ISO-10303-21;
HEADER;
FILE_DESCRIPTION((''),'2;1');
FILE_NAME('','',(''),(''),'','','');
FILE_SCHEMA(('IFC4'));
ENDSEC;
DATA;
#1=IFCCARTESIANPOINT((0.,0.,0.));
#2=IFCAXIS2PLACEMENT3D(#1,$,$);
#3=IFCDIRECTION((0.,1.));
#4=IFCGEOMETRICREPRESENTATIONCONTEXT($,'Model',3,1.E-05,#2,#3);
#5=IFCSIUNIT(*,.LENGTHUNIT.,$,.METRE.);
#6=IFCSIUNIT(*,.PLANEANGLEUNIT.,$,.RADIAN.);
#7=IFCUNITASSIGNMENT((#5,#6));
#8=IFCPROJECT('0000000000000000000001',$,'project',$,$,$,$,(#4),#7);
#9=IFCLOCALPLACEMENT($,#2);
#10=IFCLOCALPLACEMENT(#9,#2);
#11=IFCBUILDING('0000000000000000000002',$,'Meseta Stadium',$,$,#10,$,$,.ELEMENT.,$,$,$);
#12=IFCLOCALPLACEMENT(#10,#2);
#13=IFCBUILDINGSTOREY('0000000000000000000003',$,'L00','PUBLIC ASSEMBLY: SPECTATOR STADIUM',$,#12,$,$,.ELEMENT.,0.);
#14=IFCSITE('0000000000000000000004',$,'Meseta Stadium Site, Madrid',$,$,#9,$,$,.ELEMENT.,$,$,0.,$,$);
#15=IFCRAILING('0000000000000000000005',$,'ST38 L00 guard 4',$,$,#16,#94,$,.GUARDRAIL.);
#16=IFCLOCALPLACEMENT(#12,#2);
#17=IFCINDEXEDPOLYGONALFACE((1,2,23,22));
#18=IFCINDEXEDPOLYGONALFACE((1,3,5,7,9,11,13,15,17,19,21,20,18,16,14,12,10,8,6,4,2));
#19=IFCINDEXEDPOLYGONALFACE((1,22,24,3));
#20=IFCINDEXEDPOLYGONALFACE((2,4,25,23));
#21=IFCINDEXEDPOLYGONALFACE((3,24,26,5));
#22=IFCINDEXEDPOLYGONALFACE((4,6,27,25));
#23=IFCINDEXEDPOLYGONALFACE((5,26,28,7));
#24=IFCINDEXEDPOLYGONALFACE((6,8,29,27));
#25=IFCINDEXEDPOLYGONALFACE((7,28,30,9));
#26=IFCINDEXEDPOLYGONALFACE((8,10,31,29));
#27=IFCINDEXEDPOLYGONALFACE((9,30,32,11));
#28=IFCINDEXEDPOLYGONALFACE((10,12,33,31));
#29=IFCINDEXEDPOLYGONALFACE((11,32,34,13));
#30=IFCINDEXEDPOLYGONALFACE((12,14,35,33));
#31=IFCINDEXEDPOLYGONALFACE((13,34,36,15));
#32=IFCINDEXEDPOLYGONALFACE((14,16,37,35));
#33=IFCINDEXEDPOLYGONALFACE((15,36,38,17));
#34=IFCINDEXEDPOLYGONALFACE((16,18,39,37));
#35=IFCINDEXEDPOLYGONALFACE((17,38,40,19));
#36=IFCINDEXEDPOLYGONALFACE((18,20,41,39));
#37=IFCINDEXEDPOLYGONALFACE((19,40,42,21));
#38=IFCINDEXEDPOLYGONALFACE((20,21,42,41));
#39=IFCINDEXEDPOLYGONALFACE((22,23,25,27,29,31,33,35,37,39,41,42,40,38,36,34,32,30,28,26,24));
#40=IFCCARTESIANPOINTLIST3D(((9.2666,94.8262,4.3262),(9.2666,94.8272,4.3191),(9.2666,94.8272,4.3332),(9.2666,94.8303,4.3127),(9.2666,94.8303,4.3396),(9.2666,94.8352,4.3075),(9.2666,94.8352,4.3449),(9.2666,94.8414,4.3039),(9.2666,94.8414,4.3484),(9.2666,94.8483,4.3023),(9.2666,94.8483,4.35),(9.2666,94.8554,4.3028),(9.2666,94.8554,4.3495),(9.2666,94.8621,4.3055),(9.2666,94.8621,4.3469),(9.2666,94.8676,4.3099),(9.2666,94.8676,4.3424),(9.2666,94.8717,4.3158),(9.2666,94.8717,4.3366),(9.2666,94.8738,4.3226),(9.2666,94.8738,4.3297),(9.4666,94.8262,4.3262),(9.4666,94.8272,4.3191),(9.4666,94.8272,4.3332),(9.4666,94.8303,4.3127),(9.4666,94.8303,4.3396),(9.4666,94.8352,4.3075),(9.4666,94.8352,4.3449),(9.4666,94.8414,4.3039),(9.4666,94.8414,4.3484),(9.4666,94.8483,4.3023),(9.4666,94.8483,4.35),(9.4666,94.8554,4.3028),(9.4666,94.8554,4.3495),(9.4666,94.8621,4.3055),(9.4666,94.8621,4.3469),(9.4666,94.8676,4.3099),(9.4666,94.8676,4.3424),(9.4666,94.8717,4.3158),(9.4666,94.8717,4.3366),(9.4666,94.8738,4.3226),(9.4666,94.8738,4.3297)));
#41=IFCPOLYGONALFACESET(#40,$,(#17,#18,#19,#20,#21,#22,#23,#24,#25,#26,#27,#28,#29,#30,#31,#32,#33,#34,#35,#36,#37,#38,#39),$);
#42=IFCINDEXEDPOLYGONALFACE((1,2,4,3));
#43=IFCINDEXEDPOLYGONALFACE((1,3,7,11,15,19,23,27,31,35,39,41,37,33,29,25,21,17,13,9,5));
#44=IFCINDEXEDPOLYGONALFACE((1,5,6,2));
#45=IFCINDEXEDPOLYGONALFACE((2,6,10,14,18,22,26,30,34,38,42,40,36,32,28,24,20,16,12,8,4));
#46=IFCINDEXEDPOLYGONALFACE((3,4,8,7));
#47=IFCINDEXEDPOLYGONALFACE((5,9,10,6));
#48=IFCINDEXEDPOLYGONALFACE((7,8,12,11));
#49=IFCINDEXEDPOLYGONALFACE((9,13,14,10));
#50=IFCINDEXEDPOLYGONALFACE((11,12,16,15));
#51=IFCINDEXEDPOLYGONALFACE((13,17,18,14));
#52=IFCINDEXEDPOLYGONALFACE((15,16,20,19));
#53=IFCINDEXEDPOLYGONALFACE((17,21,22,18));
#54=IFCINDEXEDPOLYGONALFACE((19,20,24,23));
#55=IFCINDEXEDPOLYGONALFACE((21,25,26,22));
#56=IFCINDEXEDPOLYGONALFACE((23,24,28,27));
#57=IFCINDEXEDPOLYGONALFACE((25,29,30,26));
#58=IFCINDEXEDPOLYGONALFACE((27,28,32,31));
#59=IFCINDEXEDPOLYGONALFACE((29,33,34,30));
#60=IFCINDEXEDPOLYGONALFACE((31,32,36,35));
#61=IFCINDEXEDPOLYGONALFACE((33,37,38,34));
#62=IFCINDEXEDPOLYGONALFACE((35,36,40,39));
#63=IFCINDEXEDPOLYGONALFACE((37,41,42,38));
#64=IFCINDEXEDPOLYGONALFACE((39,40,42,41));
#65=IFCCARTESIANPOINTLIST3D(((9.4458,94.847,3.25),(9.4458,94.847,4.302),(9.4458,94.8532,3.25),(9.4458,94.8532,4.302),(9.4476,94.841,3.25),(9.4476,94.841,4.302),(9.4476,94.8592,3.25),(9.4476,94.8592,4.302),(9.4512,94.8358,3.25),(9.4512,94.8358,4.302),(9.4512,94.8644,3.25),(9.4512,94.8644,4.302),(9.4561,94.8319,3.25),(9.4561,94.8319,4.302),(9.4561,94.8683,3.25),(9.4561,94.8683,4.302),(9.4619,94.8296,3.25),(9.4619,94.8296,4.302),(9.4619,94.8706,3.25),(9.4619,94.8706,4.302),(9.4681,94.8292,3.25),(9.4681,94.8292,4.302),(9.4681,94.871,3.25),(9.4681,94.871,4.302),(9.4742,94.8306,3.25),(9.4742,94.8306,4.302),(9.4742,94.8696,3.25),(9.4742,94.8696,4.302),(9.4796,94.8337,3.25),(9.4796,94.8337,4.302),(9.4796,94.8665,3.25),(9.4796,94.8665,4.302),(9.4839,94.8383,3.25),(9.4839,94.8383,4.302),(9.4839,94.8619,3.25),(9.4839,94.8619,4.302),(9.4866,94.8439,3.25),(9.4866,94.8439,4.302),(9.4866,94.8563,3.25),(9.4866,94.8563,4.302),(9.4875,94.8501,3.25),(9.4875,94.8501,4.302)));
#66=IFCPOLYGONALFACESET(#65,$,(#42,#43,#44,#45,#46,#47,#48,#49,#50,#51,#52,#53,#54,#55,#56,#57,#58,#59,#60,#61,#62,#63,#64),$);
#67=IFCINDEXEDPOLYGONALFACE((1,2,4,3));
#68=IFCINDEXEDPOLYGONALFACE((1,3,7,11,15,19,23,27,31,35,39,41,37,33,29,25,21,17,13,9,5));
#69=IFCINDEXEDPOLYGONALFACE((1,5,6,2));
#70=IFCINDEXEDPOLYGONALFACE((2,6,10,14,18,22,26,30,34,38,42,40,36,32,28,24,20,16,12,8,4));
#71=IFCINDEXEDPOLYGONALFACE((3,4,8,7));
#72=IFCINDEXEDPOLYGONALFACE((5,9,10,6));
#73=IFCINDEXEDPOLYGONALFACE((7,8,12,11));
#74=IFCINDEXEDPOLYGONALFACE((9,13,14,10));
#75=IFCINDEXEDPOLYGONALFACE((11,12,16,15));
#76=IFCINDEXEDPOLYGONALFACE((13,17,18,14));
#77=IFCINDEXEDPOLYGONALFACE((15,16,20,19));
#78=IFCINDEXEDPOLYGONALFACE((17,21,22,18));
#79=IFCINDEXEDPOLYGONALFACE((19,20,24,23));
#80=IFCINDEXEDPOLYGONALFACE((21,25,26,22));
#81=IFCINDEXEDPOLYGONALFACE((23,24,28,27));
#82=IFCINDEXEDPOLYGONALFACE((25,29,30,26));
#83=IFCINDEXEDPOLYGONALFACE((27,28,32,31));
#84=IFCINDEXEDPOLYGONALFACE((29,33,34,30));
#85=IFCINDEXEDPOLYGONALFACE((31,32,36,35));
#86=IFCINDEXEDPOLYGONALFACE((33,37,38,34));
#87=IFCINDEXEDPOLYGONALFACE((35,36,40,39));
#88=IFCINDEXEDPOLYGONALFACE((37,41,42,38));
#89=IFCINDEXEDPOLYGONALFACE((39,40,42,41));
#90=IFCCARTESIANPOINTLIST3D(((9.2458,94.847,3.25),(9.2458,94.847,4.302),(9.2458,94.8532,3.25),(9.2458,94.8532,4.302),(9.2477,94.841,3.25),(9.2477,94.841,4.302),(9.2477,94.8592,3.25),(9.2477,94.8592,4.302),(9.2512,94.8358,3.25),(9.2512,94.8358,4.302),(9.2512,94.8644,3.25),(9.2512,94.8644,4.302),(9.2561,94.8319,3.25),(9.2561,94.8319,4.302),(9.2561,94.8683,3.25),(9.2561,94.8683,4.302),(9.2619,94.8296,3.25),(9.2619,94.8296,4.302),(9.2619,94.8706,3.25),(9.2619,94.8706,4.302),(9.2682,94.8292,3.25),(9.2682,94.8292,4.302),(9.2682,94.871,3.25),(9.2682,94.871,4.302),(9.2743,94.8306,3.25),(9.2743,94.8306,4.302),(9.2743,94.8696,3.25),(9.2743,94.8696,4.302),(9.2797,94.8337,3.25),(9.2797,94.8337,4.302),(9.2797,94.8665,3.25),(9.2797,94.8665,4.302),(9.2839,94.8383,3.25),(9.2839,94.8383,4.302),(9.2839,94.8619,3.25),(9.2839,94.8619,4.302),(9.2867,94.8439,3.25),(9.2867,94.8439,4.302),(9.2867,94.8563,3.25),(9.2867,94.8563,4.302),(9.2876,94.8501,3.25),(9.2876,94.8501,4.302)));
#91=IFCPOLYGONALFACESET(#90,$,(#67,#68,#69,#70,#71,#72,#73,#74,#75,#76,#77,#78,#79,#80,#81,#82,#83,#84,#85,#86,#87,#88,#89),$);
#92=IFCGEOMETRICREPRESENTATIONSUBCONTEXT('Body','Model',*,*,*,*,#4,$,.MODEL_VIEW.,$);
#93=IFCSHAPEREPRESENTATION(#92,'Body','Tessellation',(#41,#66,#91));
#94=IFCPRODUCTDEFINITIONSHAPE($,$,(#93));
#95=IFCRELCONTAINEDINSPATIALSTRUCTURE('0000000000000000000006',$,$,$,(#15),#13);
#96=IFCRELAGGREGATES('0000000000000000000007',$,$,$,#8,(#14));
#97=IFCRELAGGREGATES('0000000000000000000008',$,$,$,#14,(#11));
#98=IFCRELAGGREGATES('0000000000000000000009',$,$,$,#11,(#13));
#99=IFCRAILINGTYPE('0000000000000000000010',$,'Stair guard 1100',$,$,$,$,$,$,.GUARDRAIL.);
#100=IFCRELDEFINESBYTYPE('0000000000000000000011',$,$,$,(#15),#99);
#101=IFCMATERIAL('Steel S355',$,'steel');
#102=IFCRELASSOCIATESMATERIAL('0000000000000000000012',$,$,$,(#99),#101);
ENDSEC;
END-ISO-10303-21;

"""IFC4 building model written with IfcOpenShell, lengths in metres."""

from ifc_helpers import new_model, si_unit, direction, frame, origin, origin_2d, place, context, subcontext, project, spatial, circle, extrude, material, type_object, element, save


model = new_model("IFC4")

# Units and contexts
model_context = context("Model", 3, precision=1e-05, world=origin(), true_north=direction((0.0, 1.0)))
body_context = subcontext(model_context, "Body", "Model", "MODEL_VIEW")
ifc_project = project(units=[si_unit("LENGTHUNIT", "METRE"), si_unit("PLANEANGLEUNIT", "RADIAN")], contexts=[model_context])

# Site, building, storey
site_placement = place(None, origin())
site = spatial("IfcSite", under=ifc_project, at=site_placement, Name="Meseta Stadium Site, Madrid", CompositionType="ELEMENT", RefElevation=0.0)
building_placement = place(site_placement, origin())
building = spatial("IfcBuilding", under=site, at=building_placement, Name="Meseta Stadium", CompositionType="ELEMENT")
storey_placement = place(building_placement, origin())
storey = spatial("IfcBuildingStorey", under=building, at=storey_placement, Name="L00", Description="PUBLIC ASSEMBLY: SPECTATOR STADIUM", CompositionType="ELEMENT", Elevation=0.0)

# Railing
ifc_material_1 = material(Name="Steel S355", Category="steel")
railing_type_1 = type_object("IfcRailingType", Name="Stair guard 1100", PredefinedType="GUARDRAIL", material=ifc_material_1)
railing_1_placement = place(storey_placement, frame((9.4666, 94.8501, 3.25)))
element("IfcRailing", 1, at=railing_1_placement, inside=storey, type_object=railing_type_1, Name="ST38 L00 guard 4", PredefinedType="GUARDRAIL", context=body_context, shape_type="SweptSolid", body=[
    extrude(circle(Radius=0.0239, at=origin_2d()), frame((0.0, 0.0, 1.0762), z_axis=(-1.0, 0.0, 0.0), x_axis=(0.0, -1.0, 0.0)), (0.0, 0.0, 1.0), 0.2),
    extrude(circle(Radius=0.021, at=origin_2d()), origin(), (0.0, 0.0, 1.0), 1.052),
    extrude(circle(Radius=0.021, at=origin_2d()), frame((-0.2, 0.0, 0.0)), (0.0, 0.0, 1.0), 1.052),
])

save(model, "model.ifc")
